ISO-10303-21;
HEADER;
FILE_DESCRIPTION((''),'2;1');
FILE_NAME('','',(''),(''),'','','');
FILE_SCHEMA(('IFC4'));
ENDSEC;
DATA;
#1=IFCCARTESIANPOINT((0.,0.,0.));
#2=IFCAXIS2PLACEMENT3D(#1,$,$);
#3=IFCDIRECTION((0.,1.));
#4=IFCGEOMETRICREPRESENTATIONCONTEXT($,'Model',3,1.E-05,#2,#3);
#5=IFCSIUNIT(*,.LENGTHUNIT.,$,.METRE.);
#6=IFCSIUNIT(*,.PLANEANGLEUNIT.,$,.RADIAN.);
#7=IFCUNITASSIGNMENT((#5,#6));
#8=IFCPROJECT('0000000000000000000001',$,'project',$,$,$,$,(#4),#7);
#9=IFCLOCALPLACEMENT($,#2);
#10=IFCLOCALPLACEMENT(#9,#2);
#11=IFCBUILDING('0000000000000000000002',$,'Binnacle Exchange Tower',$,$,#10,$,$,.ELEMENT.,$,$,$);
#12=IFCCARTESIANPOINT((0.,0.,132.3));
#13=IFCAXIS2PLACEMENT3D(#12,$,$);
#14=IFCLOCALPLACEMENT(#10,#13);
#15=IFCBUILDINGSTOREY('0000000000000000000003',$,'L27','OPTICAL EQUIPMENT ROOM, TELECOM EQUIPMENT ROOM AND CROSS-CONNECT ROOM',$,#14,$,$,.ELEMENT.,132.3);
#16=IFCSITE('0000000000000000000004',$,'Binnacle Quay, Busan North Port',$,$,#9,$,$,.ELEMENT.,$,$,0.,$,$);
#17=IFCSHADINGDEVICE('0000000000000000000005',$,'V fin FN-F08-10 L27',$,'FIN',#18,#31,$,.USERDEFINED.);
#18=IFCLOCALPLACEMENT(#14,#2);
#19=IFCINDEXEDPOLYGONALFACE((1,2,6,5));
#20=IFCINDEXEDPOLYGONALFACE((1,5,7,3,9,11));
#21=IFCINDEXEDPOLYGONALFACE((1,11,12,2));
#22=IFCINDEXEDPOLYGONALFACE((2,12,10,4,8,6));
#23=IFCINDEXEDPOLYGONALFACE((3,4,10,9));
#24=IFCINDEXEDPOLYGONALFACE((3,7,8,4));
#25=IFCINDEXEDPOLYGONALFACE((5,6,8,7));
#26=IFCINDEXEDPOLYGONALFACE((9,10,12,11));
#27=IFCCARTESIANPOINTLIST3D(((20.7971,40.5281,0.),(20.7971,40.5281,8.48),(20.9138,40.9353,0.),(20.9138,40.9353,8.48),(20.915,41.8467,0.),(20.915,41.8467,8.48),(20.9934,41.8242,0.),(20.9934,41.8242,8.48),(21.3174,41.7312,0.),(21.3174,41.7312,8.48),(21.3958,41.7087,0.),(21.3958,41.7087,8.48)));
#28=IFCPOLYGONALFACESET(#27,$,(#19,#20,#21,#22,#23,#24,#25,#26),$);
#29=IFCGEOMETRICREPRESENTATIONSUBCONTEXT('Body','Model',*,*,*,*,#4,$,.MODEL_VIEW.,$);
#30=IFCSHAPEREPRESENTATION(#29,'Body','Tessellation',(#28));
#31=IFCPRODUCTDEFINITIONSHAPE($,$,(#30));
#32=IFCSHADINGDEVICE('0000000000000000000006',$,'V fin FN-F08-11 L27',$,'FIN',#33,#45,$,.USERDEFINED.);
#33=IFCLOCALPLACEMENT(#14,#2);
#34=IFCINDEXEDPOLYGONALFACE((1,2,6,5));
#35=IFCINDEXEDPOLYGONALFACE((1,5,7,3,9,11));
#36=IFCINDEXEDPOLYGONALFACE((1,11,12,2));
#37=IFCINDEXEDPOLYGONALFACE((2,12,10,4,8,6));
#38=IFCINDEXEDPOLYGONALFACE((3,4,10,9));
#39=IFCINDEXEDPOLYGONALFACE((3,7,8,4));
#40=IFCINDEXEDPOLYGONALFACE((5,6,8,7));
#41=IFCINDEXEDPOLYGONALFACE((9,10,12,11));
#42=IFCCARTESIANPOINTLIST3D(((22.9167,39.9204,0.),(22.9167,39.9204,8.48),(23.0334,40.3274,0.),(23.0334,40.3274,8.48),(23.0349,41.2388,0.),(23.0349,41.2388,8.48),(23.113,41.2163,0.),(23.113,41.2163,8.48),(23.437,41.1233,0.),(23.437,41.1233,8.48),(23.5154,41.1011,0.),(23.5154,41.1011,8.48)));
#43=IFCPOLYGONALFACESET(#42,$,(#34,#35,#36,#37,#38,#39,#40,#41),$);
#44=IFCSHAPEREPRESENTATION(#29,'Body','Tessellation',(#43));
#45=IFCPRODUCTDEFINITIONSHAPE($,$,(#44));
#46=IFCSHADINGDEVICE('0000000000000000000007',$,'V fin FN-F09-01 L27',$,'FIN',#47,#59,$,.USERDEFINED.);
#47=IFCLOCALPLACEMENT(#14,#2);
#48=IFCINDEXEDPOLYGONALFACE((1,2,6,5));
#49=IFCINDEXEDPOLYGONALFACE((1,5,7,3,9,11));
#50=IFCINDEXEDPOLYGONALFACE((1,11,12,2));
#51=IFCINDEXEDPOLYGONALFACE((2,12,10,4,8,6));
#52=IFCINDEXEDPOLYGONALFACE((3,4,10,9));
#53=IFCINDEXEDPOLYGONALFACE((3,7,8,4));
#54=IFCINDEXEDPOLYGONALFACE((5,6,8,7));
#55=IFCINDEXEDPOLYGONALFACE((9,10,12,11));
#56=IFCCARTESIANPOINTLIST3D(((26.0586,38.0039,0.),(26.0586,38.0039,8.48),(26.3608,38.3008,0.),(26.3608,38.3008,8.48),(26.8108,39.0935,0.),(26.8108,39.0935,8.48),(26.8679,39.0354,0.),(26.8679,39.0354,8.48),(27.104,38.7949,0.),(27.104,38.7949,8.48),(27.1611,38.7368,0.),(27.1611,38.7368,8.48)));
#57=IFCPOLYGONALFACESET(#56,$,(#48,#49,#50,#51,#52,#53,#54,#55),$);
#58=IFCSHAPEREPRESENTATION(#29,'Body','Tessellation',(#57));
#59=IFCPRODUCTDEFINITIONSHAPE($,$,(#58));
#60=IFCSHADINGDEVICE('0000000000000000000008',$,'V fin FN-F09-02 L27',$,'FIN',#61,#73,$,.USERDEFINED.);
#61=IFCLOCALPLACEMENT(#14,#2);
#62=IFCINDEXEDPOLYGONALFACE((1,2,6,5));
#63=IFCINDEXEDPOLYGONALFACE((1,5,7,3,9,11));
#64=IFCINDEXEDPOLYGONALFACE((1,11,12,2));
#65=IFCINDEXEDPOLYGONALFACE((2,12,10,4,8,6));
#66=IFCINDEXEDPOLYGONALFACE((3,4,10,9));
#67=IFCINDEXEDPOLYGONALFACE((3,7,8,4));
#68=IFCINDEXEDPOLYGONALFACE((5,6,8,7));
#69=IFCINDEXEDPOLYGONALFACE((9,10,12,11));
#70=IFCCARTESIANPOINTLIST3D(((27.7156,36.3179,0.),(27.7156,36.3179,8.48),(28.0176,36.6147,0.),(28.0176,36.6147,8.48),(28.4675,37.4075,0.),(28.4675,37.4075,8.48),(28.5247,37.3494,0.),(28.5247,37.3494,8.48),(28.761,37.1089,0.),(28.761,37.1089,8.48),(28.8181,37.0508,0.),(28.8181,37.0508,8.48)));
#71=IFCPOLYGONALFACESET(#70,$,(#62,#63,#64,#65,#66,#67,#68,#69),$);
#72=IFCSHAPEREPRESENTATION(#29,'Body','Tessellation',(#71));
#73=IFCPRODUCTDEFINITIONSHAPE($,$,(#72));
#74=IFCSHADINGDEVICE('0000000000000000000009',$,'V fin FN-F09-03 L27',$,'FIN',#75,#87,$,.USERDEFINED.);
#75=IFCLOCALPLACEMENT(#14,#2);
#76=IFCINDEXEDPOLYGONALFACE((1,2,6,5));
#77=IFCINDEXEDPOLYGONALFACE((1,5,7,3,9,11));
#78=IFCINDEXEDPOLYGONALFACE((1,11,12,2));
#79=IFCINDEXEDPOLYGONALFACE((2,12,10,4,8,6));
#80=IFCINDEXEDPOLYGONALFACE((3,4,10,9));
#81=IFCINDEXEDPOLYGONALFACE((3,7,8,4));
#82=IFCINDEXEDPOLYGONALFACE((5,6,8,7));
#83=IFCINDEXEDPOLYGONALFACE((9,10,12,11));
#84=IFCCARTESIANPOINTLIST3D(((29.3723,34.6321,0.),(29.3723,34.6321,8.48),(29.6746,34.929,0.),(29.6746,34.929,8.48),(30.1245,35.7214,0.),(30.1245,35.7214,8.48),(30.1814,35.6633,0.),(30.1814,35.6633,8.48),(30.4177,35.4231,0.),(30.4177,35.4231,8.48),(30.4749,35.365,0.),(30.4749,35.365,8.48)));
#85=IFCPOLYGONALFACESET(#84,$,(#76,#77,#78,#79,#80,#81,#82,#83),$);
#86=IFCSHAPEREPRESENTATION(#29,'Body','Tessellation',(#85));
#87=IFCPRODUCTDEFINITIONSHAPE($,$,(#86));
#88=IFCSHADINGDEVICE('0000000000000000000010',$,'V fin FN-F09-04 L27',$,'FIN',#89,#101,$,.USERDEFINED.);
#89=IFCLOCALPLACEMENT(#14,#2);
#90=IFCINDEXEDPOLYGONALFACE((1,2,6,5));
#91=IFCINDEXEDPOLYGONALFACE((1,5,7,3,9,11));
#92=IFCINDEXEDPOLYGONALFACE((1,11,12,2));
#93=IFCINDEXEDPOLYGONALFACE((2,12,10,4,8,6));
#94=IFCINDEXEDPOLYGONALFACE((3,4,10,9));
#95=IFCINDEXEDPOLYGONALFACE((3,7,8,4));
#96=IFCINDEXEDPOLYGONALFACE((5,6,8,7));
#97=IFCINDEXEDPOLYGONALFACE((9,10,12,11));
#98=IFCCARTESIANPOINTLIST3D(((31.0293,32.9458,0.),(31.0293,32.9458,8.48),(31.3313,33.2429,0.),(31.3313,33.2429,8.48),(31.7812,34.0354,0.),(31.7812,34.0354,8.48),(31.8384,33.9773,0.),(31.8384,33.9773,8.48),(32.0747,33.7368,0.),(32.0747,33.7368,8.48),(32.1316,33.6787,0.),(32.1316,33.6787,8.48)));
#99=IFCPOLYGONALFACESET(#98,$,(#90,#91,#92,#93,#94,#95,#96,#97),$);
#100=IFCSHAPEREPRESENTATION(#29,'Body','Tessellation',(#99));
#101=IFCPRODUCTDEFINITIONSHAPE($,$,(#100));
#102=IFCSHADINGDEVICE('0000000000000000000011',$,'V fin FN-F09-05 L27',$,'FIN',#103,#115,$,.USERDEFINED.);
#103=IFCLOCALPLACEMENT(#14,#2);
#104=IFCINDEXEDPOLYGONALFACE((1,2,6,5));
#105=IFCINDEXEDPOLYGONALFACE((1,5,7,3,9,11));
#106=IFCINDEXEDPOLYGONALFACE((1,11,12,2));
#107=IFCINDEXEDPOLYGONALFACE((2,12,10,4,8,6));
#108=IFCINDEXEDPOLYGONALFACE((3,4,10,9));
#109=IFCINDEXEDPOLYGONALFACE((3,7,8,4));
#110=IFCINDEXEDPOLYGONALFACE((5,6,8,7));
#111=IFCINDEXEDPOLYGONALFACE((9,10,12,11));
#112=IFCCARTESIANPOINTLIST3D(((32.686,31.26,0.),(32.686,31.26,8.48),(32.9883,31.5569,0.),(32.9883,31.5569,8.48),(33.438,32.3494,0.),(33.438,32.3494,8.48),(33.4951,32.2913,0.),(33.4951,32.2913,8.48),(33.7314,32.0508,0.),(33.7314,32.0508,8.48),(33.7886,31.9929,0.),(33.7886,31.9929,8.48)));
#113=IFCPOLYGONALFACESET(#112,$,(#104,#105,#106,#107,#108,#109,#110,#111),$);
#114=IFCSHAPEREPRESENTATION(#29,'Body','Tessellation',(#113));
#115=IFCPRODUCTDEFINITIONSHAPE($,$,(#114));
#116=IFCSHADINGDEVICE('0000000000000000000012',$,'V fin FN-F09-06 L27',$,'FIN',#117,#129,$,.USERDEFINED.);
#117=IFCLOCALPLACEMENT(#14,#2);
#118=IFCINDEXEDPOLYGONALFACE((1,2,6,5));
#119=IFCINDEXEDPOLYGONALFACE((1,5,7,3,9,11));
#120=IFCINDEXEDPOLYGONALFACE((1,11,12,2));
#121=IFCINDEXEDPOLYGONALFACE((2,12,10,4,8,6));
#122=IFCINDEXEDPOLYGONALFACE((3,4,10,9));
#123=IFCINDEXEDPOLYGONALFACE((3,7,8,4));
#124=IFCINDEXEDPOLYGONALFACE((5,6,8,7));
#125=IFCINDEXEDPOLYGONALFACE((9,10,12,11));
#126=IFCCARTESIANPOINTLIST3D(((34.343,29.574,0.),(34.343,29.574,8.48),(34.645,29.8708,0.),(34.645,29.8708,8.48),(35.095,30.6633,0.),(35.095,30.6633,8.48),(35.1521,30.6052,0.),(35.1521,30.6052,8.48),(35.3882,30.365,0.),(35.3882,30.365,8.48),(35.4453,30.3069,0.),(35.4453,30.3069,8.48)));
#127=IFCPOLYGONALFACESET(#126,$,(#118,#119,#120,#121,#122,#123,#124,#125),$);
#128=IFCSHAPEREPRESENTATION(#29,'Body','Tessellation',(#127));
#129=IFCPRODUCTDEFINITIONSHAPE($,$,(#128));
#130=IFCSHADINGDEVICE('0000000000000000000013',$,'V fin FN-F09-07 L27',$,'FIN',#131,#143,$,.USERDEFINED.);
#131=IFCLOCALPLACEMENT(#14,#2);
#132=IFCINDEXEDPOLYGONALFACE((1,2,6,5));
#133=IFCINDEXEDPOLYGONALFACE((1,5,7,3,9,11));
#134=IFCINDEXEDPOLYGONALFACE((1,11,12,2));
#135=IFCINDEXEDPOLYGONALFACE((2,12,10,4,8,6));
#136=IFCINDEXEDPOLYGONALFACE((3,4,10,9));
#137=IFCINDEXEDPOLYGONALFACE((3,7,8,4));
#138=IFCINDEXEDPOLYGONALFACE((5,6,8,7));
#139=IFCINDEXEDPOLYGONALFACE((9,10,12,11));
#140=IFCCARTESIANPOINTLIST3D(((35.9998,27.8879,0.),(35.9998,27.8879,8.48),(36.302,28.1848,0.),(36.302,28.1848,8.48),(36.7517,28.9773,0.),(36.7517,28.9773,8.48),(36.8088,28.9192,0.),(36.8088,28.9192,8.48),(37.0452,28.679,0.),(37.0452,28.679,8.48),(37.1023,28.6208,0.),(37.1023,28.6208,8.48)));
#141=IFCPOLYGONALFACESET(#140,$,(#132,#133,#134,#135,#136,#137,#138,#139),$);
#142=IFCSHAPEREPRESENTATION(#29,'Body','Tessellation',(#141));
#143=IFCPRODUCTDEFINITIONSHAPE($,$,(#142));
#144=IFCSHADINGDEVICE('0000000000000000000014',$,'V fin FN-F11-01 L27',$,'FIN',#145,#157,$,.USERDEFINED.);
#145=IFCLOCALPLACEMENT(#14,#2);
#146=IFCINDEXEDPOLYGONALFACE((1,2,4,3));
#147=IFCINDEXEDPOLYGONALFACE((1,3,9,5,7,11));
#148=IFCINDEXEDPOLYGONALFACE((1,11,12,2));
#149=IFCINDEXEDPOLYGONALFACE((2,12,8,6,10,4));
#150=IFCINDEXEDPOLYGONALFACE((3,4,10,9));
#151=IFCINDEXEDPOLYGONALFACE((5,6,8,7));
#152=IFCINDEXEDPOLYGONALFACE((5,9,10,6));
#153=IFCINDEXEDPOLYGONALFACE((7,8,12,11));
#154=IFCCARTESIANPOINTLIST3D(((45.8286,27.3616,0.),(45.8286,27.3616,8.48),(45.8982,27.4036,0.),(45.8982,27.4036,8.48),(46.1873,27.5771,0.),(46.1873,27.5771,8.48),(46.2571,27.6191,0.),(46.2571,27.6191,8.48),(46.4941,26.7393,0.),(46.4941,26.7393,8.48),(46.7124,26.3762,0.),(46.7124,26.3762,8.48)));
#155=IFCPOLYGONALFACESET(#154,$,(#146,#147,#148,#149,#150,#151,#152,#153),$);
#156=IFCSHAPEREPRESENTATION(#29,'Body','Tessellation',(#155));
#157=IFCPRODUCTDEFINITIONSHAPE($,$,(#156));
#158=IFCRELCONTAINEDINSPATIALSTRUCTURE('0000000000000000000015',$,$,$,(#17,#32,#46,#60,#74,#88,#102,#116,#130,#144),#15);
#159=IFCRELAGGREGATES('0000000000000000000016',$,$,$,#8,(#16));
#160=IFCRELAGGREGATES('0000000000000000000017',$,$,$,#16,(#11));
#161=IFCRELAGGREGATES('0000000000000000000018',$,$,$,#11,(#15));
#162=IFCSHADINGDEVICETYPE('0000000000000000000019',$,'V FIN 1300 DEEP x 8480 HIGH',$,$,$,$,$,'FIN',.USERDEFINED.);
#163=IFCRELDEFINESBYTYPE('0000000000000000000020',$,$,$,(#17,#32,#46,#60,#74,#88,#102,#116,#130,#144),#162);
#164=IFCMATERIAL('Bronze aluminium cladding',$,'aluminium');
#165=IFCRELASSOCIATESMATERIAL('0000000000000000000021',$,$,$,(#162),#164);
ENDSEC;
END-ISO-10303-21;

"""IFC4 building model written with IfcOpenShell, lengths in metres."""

from ifc_helpers import new_model, si_unit, direction, frame, origin, place, context, subcontext, project, spatial, polyline, outline, extrude, material, type_object, element, save


model = new_model("IFC4")

# Units and contexts
model_context = context("Model", 3, precision=1e-05, world=origin(), true_north=direction((0.0, 1.0)))
body_context = subcontext(model_context, "Body", "Model", "MODEL_VIEW")
ifc_project = project(units=[si_unit("LENGTHUNIT", "METRE"), si_unit("PLANEANGLEUNIT", "RADIAN")], contexts=[model_context])

# Site, building, storey
site_placement = place(None, origin())
site = spatial("IfcSite", under=ifc_project, at=site_placement, Name="Binnacle Quay, Busan North Port", CompositionType="ELEMENT", RefElevation=0.0)
building_placement = place(site_placement, origin())
building = spatial("IfcBuilding", under=site, at=building_placement, Name="Binnacle Exchange Tower", CompositionType="ELEMENT")
storey_placement = place(building_placement, frame((0.0, 0.0, 132.3)))
storey = spatial("IfcBuildingStorey", under=building, at=storey_placement, Name="L27", Description="OPTICAL EQUIPMENT ROOM, TELECOM EQUIPMENT ROOM AND CROSS-CONNECT ROOM", CompositionType="ELEMENT", Elevation=132.3)

# Shading devices
ifc_material = material(Name="Bronze aluminium cladding", Category="aluminium")
shading_device_type = type_object("IfcShadingDeviceType", Name="V FIN 1300 DEEP x 8480 HIGH", ElementType="FIN", PredefinedType="USERDEFINED", material=ifc_material)
shading_device_1_placement = place(storey_placement, origin())
element("IfcShadingDevice", 1, at=shading_device_1_placement, inside=storey, type_object=shading_device_type, Name="V fin FN-F08-10 L27", ObjectType="FIN", PredefinedType="USERDEFINED", context=body_context, shape_type="SweptSolid", body=[
    extrude(outline(polyline([(20.915, 41.8467), (20.7971, 40.5281), (21.3958, 41.7087), (21.3174, 41.7312), (20.9138, 40.9353), (20.9934, 41.8242), (20.915, 41.8467)])), origin(), (0.0, 0.0, 1.0), 8.48),
])
shading_device_2_placement = place(storey_placement, origin())
element("IfcShadingDevice", 2, at=shading_device_2_placement, inside=storey, type_object=shading_device_type, Name="V fin FN-F08-11 L27", ObjectType="FIN", PredefinedType="USERDEFINED", context=body_context, shape_type="SweptSolid", body=[
    extrude(outline(polyline([(23.0349, 41.2388), (22.9167, 39.9204), (23.5154, 41.1011), (23.437, 41.1233), (23.0334, 40.3274), (23.113, 41.2163), (23.0349, 41.2388)])), origin(), (0.0, 0.0, 1.0), 8.48),
])
shading_device_3_placement = place(storey_placement, origin())
element("IfcShadingDevice", 3, at=shading_device_3_placement, inside=storey, type_object=shading_device_type, Name="V fin FN-F09-01 L27", ObjectType="FIN", PredefinedType="USERDEFINED", context=body_context, shape_type="SweptSolid", body=[
    extrude(outline(polyline([(26.8108, 39.0935), (26.0586, 38.0039), (27.1611, 38.7368), (27.104, 38.7949), (26.3608, 38.3008), (26.8679, 39.0354), (26.8108, 39.0935)])), origin(), (0.0, 0.0, 1.0), 8.48),
])
shading_device_4_placement = place(storey_placement, origin())
element("IfcShadingDevice", 4, at=shading_device_4_placement, inside=storey, type_object=shading_device_type, Name="V fin FN-F09-02 L27", ObjectType="FIN", PredefinedType="USERDEFINED", context=body_context, shape_type="SweptSolid", body=[
    extrude(outline(polyline([(28.4675, 37.4075), (27.7156, 36.3179), (28.8181, 37.0508), (28.761, 37.1089), (28.0176, 36.6147), (28.5247, 37.3494), (28.4675, 37.4075)])), origin(), (0.0, 0.0, 1.0), 8.48),
])
shading_device_5_placement = place(storey_placement, origin())
element("IfcShadingDevice", 5, at=shading_device_5_placement, inside=storey, type_object=shading_device_type, Name="V fin FN-F09-03 L27", ObjectType="FIN", PredefinedType="USERDEFINED", context=body_context, shape_type="SweptSolid", body=[
    extrude(outline(polyline([(30.1245, 35.7214), (29.3723, 34.6321), (30.4749, 35.365), (30.4177, 35.4231), (29.6746, 34.929), (30.1814, 35.6633), (30.1245, 35.7214)])), origin(), (0.0, 0.0, 1.0), 8.48),
])
shading_device_6_placement = place(storey_placement, origin())
element("IfcShadingDevice", 6, at=shading_device_6_placement, inside=storey, type_object=shading_device_type, Name="V fin FN-F09-04 L27", ObjectType="FIN", PredefinedType="USERDEFINED", context=body_context, shape_type="SweptSolid", body=[
    extrude(outline(polyline([(31.7812, 34.0354), (31.0293, 32.9458), (32.1316, 33.6787), (32.0747, 33.7368), (31.3313, 33.2429), (31.8384, 33.9773), (31.7812, 34.0354)])), origin(), (0.0, 0.0, 1.0), 8.48),
])
shading_device_7_placement = place(storey_placement, origin())
element("IfcShadingDevice", 7, at=shading_device_7_placement, inside=storey, type_object=shading_device_type, Name="V fin FN-F09-05 L27", ObjectType="FIN", PredefinedType="USERDEFINED", context=body_context, shape_type="SweptSolid", body=[
    extrude(outline(polyline([(33.438, 32.3494), (32.686, 31.26), (33.7886, 31.9929), (33.7314, 32.0508), (32.9883, 31.5569), (33.4951, 32.2913), (33.438, 32.3494)])), origin(), (0.0, 0.0, 1.0), 8.48),
])
shading_device_8_placement = place(storey_placement, origin())
element("IfcShadingDevice", 8, at=shading_device_8_placement, inside=storey, type_object=shading_device_type, Name="V fin FN-F09-06 L27", ObjectType="FIN", PredefinedType="USERDEFINED", context=body_context, shape_type="SweptSolid", body=[
    extrude(outline(polyline([(35.095, 30.6633), (34.343, 29.574), (35.4453, 30.3069), (35.3882, 30.365), (34.645, 29.8708), (35.1521, 30.6052), (35.095, 30.6633)])), origin(), (0.0, 0.0, 1.0), 8.48),
])
shading_device_9_placement = place(storey_placement, origin())
element("IfcShadingDevice", 9, at=shading_device_9_placement, inside=storey, type_object=shading_device_type, Name="V fin FN-F09-07 L27", ObjectType="FIN", PredefinedType="USERDEFINED", context=body_context, shape_type="SweptSolid", body=[
    extrude(outline(polyline([(36.7517, 28.9773), (35.9998, 27.8879), (37.1023, 28.6208), (37.0452, 28.679), (36.302, 28.1848), (36.8088, 28.9192), (36.7517, 28.9773)])), origin(), (0.0, 0.0, 1.0), 8.48),
])
shading_device_10_placement = place(storey_placement, origin())
element("IfcShadingDevice", 10, at=shading_device_10_placement, inside=storey, type_object=shading_device_type, Name="V fin FN-F11-01 L27", ObjectType="FIN", PredefinedType="USERDEFINED", context=body_context, shape_type="SweptSolid", body=[
    extrude(outline(polyline([(45.8286, 27.3616), (46.7124, 26.3762), (46.2571, 27.6191), (46.1873, 27.5771), (46.4941, 26.7393), (45.8982, 27.4036), (45.8286, 27.3616)])), origin(), (0.0, 0.0, 1.0), 8.48),
])

save(model, "model.ifc")
